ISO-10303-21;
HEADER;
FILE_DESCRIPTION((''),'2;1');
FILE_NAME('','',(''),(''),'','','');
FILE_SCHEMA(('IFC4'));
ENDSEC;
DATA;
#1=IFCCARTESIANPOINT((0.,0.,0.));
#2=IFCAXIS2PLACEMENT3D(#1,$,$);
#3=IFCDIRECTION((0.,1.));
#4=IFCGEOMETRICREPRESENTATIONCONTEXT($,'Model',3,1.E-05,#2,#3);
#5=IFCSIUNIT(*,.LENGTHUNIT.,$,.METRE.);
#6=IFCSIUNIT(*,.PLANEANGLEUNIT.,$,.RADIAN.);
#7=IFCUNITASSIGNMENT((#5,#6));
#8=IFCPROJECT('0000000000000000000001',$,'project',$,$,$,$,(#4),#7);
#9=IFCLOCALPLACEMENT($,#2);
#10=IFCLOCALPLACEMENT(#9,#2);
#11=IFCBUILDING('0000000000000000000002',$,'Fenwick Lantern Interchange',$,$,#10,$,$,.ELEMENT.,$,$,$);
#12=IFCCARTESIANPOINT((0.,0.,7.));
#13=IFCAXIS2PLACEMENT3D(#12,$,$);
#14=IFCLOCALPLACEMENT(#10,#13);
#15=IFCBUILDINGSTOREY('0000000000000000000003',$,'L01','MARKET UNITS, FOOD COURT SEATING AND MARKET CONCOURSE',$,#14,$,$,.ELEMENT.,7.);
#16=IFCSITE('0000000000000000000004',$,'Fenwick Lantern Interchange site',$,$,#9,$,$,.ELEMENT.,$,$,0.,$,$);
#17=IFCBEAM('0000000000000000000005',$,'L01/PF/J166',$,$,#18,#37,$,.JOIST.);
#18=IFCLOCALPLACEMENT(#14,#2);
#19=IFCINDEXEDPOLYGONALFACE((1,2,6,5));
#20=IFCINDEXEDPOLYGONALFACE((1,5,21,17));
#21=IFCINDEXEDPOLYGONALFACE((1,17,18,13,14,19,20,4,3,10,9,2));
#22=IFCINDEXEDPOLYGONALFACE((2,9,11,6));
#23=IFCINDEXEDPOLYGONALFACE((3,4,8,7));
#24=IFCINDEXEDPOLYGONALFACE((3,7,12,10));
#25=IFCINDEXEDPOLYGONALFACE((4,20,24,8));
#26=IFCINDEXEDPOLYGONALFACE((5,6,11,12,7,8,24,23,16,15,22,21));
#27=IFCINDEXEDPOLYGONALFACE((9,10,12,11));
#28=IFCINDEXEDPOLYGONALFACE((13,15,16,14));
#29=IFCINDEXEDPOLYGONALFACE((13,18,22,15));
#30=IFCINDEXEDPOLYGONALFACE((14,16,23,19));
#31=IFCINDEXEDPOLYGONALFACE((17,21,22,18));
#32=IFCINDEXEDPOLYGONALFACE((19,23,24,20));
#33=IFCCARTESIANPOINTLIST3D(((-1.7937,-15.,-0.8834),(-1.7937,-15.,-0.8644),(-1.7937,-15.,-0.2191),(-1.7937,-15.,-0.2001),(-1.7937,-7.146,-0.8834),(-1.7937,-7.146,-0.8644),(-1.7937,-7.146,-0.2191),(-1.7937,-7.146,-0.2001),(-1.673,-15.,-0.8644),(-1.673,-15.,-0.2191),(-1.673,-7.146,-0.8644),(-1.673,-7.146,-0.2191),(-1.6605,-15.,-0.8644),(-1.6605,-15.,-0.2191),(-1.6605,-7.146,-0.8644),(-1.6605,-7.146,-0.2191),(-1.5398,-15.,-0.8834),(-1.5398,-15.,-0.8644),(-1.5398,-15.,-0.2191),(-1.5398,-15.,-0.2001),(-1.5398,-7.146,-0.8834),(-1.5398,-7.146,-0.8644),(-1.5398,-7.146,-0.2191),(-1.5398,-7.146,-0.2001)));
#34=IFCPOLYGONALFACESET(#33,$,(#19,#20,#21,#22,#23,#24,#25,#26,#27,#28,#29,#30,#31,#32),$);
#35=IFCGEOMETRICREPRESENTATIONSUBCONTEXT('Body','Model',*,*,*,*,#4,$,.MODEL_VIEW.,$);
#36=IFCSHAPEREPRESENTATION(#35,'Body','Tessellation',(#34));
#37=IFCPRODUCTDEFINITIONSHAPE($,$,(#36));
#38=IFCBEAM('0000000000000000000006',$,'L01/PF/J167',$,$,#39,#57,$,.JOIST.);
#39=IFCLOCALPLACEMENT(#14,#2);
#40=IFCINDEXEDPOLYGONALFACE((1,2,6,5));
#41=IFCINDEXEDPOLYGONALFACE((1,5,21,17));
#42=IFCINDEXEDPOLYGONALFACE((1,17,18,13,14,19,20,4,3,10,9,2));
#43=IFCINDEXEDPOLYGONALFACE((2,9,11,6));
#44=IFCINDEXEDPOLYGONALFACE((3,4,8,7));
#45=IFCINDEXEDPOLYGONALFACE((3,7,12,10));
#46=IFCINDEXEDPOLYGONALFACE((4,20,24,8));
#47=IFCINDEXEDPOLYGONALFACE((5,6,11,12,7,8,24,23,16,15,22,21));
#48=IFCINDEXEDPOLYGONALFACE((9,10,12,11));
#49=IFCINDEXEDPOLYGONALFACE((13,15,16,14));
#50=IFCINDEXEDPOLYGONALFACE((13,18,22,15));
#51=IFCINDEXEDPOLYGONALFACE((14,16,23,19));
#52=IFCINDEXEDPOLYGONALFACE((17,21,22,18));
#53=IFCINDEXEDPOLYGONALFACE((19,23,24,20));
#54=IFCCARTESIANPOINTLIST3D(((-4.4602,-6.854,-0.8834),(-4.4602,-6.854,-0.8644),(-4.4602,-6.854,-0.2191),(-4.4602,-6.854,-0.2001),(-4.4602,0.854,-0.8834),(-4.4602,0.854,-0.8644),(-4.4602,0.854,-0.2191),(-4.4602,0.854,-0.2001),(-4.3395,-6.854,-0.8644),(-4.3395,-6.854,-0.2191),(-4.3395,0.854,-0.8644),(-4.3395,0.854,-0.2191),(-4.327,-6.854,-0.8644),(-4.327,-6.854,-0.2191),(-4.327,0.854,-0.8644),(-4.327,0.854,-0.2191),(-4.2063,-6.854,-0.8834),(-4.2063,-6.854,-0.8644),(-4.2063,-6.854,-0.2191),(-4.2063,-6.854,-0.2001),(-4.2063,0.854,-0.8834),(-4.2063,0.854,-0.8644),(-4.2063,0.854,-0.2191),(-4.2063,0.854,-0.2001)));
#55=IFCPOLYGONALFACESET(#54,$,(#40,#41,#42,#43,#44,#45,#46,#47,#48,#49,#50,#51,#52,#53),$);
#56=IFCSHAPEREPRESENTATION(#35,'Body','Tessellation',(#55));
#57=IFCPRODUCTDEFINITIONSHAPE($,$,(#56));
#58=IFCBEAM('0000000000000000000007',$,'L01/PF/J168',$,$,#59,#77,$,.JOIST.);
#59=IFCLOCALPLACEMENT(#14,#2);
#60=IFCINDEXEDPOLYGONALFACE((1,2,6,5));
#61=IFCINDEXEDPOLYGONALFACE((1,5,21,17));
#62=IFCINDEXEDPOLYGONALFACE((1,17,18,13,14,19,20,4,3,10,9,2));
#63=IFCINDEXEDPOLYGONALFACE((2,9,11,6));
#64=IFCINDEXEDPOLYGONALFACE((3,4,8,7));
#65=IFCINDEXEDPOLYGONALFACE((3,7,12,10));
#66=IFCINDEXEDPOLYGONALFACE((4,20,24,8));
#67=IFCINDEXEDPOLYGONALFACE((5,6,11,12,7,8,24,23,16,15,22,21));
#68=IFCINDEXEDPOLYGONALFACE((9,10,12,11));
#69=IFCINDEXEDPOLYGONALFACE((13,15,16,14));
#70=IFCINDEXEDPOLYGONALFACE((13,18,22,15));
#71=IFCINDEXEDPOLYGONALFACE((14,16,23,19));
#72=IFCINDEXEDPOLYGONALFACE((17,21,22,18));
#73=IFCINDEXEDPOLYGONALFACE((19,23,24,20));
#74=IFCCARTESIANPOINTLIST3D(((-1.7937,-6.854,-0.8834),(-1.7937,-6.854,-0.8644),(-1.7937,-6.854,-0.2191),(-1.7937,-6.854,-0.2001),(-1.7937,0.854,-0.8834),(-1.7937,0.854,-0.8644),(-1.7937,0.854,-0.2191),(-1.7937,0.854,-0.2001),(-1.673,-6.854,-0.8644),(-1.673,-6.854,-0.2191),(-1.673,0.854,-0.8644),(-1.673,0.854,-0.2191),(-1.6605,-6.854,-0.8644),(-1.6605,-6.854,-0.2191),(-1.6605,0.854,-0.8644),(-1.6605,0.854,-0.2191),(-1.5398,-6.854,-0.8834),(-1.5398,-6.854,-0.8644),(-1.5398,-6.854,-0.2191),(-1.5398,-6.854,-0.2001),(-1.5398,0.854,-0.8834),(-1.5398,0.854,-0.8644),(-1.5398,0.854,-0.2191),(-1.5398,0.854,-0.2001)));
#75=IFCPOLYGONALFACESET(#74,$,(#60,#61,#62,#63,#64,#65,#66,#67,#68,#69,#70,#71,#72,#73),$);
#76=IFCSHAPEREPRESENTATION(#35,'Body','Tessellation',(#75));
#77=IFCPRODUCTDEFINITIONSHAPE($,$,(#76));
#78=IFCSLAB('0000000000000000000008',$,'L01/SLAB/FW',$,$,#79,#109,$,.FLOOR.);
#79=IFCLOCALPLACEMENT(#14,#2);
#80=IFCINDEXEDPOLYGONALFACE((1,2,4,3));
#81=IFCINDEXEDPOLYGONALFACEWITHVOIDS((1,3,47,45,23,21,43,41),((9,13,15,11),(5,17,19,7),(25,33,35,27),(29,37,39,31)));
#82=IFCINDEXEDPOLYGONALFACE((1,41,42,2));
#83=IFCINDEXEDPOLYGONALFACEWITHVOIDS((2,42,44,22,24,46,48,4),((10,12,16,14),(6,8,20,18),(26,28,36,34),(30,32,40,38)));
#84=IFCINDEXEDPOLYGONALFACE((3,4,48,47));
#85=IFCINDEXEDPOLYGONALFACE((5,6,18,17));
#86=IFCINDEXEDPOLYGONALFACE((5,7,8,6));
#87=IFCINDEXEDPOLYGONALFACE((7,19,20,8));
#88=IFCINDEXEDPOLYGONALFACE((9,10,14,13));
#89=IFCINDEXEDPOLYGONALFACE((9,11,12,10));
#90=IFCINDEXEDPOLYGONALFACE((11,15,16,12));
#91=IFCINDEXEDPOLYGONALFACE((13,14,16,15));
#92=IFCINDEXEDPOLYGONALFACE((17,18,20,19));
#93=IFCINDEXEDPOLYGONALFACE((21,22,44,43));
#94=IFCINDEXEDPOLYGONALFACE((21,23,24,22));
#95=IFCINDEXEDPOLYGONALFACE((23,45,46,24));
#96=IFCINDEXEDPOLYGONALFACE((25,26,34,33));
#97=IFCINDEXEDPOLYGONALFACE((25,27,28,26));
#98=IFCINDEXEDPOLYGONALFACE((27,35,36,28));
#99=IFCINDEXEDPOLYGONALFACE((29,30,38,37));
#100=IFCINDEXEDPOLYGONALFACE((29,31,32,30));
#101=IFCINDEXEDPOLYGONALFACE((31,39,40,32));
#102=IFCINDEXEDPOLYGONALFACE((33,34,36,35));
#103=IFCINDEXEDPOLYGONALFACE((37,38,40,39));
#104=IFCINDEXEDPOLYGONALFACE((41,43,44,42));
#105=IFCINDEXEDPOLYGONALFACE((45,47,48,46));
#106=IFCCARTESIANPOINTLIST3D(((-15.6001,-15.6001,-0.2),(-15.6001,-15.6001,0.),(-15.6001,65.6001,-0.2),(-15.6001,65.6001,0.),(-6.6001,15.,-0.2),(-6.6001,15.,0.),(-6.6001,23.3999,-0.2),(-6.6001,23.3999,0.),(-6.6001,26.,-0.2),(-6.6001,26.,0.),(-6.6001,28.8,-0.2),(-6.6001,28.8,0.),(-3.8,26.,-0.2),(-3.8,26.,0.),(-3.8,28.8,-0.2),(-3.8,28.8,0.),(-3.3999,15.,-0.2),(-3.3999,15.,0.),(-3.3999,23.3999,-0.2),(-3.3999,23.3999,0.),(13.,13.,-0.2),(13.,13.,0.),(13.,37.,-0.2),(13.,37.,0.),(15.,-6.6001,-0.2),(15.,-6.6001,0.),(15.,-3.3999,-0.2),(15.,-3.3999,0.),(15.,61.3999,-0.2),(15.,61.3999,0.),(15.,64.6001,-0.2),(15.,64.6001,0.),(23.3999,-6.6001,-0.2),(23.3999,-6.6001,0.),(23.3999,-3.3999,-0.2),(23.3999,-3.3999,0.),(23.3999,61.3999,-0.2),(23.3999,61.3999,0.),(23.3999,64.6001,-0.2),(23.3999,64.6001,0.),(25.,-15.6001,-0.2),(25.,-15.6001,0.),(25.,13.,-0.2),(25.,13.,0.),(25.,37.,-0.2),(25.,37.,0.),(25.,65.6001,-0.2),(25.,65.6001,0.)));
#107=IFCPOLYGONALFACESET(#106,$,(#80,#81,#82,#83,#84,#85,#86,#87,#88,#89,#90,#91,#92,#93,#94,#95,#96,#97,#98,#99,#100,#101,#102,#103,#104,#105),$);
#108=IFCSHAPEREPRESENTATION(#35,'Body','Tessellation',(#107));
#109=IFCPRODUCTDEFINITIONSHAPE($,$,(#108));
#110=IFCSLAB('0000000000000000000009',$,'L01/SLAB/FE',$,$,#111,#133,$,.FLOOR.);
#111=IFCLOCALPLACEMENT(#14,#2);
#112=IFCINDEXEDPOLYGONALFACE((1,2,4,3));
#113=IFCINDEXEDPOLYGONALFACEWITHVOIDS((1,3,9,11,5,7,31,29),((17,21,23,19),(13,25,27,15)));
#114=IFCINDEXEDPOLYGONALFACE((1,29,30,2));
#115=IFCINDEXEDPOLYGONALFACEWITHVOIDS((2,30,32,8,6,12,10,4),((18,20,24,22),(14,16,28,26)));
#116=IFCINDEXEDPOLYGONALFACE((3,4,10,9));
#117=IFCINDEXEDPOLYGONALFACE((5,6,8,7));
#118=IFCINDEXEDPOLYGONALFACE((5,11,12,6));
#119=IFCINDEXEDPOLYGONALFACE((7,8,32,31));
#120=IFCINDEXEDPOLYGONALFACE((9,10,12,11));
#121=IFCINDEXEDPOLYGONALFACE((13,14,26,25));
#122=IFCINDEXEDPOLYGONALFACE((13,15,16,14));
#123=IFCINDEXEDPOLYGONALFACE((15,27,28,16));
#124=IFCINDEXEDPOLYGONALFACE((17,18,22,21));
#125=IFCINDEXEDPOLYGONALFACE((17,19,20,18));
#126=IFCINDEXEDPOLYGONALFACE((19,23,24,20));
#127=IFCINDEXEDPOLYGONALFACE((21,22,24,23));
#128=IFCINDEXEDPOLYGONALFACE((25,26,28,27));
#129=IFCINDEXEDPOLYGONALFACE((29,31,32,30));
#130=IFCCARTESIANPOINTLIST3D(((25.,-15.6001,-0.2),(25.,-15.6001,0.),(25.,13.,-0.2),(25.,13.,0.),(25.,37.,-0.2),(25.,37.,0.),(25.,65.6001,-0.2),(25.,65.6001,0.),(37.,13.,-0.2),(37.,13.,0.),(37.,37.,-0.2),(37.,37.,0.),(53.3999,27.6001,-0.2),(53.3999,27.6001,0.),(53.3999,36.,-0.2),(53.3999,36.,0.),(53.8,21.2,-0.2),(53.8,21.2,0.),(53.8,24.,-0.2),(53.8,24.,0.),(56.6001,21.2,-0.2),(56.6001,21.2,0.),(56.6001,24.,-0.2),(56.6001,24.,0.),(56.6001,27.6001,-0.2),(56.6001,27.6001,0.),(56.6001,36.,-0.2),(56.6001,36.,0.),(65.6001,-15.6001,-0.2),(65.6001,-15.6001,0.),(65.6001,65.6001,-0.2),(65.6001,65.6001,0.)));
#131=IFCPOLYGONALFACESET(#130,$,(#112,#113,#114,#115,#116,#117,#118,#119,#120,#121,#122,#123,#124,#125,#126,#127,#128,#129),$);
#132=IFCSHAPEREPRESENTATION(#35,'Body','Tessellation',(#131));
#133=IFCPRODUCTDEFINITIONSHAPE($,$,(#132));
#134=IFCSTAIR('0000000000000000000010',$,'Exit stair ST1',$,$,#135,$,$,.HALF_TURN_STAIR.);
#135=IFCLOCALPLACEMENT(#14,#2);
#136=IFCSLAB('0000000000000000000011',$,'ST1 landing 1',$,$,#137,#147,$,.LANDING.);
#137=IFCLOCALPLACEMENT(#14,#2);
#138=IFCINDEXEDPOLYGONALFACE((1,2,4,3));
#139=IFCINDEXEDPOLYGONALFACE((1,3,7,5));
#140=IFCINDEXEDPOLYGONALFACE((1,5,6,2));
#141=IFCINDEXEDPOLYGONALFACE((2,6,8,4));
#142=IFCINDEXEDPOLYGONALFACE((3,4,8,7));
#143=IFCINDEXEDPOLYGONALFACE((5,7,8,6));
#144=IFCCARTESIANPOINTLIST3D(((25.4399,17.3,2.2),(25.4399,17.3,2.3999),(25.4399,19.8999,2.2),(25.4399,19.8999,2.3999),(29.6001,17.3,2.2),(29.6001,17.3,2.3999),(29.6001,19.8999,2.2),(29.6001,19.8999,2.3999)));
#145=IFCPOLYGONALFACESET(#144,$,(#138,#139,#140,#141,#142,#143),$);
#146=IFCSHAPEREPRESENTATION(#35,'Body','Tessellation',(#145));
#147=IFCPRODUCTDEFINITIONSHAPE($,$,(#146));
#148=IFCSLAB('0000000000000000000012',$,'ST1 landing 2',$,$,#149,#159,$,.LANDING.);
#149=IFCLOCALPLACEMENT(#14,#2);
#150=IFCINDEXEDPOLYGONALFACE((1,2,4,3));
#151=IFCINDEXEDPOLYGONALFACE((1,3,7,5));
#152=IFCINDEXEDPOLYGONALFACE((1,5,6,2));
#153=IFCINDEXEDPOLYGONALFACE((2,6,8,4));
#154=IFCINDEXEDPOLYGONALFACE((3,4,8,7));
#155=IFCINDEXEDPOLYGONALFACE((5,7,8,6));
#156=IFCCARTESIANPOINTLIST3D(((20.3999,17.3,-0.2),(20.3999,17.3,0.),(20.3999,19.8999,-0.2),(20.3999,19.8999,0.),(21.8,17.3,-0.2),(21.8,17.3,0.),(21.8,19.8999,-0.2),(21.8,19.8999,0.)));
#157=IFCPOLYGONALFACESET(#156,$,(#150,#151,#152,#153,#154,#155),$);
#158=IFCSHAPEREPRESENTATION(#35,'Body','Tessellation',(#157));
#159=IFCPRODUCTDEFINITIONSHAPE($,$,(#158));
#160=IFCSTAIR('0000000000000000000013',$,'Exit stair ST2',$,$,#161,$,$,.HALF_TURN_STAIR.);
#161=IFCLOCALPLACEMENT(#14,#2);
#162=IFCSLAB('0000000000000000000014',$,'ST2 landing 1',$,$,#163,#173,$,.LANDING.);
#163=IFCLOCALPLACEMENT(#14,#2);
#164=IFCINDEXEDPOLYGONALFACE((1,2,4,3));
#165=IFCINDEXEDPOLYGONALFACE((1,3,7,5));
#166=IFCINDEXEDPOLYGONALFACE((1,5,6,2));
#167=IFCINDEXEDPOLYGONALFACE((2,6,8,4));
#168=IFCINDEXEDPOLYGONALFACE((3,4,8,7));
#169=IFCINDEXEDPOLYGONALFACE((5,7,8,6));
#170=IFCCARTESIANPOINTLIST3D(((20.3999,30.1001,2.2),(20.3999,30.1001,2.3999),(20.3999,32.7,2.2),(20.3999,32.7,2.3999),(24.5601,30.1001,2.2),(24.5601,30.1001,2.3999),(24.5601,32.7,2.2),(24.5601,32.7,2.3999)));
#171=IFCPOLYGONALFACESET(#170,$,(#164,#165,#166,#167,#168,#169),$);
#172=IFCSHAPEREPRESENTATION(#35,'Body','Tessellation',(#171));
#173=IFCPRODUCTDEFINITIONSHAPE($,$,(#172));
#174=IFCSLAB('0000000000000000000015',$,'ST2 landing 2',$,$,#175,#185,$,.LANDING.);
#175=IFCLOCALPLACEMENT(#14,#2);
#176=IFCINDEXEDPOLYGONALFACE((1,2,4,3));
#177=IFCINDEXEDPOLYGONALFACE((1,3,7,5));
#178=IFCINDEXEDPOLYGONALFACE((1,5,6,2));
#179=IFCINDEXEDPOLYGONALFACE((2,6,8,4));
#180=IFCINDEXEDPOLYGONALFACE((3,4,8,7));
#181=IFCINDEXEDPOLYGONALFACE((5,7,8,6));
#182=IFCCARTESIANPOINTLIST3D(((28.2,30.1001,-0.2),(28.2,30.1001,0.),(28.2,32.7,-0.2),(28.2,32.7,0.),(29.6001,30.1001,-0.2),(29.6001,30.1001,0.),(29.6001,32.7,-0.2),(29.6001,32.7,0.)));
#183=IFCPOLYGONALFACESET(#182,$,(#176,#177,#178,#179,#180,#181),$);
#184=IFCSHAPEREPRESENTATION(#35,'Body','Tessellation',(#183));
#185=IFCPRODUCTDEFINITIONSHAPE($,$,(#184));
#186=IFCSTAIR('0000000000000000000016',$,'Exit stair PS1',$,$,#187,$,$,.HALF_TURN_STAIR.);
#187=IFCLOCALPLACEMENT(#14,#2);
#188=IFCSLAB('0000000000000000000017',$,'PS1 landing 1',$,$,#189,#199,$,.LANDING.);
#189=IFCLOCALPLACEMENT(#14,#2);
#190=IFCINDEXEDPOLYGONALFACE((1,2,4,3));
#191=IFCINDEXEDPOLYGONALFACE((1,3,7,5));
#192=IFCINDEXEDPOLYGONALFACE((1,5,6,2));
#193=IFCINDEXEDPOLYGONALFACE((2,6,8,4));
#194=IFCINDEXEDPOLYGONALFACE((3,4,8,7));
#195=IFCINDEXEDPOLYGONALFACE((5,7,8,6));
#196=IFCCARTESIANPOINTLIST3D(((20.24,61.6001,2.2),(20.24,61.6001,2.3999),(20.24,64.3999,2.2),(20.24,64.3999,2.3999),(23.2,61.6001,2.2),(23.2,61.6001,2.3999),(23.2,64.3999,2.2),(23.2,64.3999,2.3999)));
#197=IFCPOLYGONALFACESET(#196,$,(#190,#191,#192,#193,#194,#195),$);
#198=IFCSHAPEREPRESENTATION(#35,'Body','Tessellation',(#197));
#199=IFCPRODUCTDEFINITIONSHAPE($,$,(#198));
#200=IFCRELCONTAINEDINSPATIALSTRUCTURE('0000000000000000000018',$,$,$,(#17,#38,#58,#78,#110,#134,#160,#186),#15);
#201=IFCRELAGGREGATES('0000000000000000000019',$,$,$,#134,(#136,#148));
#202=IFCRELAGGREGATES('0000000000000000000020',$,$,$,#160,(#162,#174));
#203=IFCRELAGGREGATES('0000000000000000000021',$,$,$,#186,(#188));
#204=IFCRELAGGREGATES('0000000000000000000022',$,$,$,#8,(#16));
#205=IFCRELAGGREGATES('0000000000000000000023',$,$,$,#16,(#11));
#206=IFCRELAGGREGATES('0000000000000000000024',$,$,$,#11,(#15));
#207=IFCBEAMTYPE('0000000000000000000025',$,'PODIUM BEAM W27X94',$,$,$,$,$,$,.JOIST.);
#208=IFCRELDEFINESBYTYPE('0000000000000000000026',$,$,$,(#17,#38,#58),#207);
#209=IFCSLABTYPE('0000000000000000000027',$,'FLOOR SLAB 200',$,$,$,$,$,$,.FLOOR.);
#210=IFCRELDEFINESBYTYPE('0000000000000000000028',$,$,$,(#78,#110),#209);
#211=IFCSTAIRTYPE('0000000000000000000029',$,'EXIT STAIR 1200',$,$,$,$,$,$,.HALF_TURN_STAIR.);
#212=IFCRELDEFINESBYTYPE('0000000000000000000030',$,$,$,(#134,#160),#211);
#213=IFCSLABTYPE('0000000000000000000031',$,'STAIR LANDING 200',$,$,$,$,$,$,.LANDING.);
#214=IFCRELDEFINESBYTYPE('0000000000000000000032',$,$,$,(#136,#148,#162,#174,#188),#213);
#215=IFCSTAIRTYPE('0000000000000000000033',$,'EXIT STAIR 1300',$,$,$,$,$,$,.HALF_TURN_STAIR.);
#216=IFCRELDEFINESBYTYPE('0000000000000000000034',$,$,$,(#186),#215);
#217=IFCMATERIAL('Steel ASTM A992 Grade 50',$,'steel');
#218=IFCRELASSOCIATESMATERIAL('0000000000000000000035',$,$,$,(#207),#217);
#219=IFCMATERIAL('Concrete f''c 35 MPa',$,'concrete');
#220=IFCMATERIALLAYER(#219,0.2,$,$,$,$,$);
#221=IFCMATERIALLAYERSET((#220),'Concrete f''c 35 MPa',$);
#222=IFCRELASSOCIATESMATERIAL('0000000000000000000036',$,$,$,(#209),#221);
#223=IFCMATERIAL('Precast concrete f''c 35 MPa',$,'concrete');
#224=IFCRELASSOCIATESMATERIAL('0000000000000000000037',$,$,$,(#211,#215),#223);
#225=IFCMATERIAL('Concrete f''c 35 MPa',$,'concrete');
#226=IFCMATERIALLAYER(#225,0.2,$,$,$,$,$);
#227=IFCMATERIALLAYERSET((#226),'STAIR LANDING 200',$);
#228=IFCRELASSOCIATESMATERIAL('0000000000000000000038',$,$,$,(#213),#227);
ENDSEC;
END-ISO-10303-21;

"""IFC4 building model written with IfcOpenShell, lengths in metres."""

from ifc_helpers import new_model, si_unit, direction, frame, origin, origin_2d, place, context, subcontext, project, spatial, polyline, i_section, outline, extrude, material, layer, layer_set, material_profile, profile_set, type_object, element, aggregate, save


model = new_model("IFC4")

# Units and contexts
model_context = context("Model", 3, precision=1e-05, world=origin(), true_north=direction((0.0, 1.0)))
body_context = subcontext(model_context, "Body", "Model", "MODEL_VIEW")
ifc_project = project(units=[si_unit("LENGTHUNIT", "METRE"), si_unit("PLANEANGLEUNIT", "RADIAN")], contexts=[model_context])

# Site, building, storey
site_placement = place(None, origin())
site = spatial("IfcSite", under=ifc_project, at=site_placement, Name="Fenwick Lantern Interchange site", CompositionType="ELEMENT", RefElevation=0.0)
building_placement = place(site_placement, origin())
building = spatial("IfcBuilding", under=site, at=building_placement, Name="Fenwick Lantern Interchange", CompositionType="ELEMENT")
storey_placement = place(building_placement, frame((0.0, 0.0, 7.0)))
storey = spatial("IfcBuildingStorey", under=building, at=storey_placement, Name="L01", Description="MARKET UNITS, FOOD COURT SEATING AND MARKET CONCOURSE", CompositionType="ELEMENT", Elevation=7.0)

# Beams
ifc_material_1 = material(Name="Steel ASTM A992 Grade 50", Category="steel")
ifc_material_profile = material_profile(ifc_material_1, i_section(OverallWidth=0.2539, OverallDepth=0.6833, WebThickness=0.0125, FlangeThickness=0.019, at=origin_2d()), Name="W27X94")
ifc_profile_set = profile_set([ifc_material_profile], Name="Steel ASTM A992 Grade 50")
beam_type = type_object("IfcBeamType", Name="PODIUM BEAM W27X94", PredefinedType="JOIST", material=ifc_profile_set)
beam_placement = place(storey_placement, frame((-1.6667, -15.0, -0.5417), z_axis=(0.0, 1.0, 0.0), x_axis=(-1.0, 0.0, 0.0)))
element("IfcBeam", 1, at=beam_placement, inside=storey, type_object=beam_type, Name="L01/PF/J166", PredefinedType="JOIST", context=body_context, shape_type="SweptSolid", body=[
    extrude(i_section(OverallWidth=0.2539, OverallDepth=0.6833, WebThickness=0.0125, FlangeThickness=0.019, at=origin_2d()), origin(), (0.0, 0.0, 1.0), 7.854),
])
for number, where, z_axis, x_axis, name in (
    (2, (-4.3333, -6.854, -0.5417), (0.0, 1.0, 0.0), (-1.0, 0.0, 0.0), "L01/PF/J167"),
    (3, (-1.6667, -6.854, -0.5417), (0.0, 1.0, 0.0), (-1.0, 0.0, 0.0), "L01/PF/J168"),
):
    element("IfcBeam", number, at=place(storey_placement, frame(where, z_axis=z_axis, x_axis=x_axis)), inside=storey, type_object=beam_type, Name=name, PredefinedType="JOIST", context=body_context, shape_type="SweptSolid", body=[
        extrude(i_section(OverallWidth=0.2539, OverallDepth=0.6833, WebThickness=0.0125, FlangeThickness=0.019, at=origin_2d()), origin(), (0.0, 0.0, 1.0), 7.708),
    ])

# Slabs
ifc_material_2 = material(Name="Concrete f'c 35 MPa", Category="concrete")
ifc_layer_1 = layer(ifc_material_2, 0.2)
ifc_layer_set_1 = layer_set([ifc_layer_1], Name="Concrete f'c 35 MPa")
slab_type_1 = type_object("IfcSlabType", Name="FLOOR SLAB 200", PredefinedType="FLOOR", material=ifc_layer_set_1)
slab_1_placement = place(storey_placement, frame((0.0, 0.0, -0.2)))
element("IfcSlab", 4, at=slab_1_placement, inside=storey, type_object=slab_type_1, Name="L01/SLAB/FW", PredefinedType="FLOOR", context=body_context, shape_type="SweptSolid", body=[
    extrude(outline(polyline([(-15.6001, -15.6001), (-15.6001, 65.6001), (25.0, 65.6001), (25.0, 37.0), (13.0, 37.0), (13.0, 13.0), (25.0, 13.0), (25.0, -15.6001), (-15.6001, -15.6001)]), holes=[polyline([(23.3999, 61.3999), (23.3999, 64.6001), (15.0, 64.6001), (15.0, 61.3999), (23.3999, 61.3999)]), polyline([(23.3999, -6.6001), (23.3999, -3.3999), (15.0, -3.3999), (15.0, -6.6001), (23.3999, -6.6001)]), polyline([(-3.3999, 15.0), (-3.3999, 23.3999), (-6.6001, 23.3999), (-6.6001, 15.0), (-3.3999, 15.0)]), polyline([(-3.8, 26.0), (-3.8, 28.8), (-6.6001, 28.8), (-6.6001, 26.0), (-3.8, 26.0)])]), origin(), (0.0, 0.0, 1.0), 0.2),
])
slab_2_placement = place(storey_placement, frame((0.0, 0.0, -0.2)))
element("IfcSlab", 5, at=slab_2_placement, inside=storey, type_object=slab_type_1, Name="L01/SLAB/FE", PredefinedType="FLOOR", context=body_context, shape_type="SweptSolid", body=[
    extrude(outline(polyline([(65.6001, 65.6001), (65.6001, -15.6001), (25.0, -15.6001), (25.0, 13.0), (37.0, 13.0), (37.0, 37.0), (25.0, 37.0), (25.0, 65.6001), (65.6001, 65.6001)]), holes=[polyline([(56.6001, 27.6001), (56.6001, 36.0), (53.3999, 36.0), (53.3999, 27.6001), (56.6001, 27.6001)]), polyline([(56.6001, 21.2), (56.6001, 24.0), (53.8, 24.0), (53.8, 21.2), (56.6001, 21.2)])]), origin(), (0.0, 0.0, 1.0), 0.2),
])

# Stairs, slabs
ifc_material_3 = material(Name="Precast concrete f'c 35 MPa", Category="concrete")
stair_type_1 = type_object("IfcStairType", Name="EXIT STAIR 1200", PredefinedType="HALF_TURN_STAIR", material=ifc_material_3)
stair_1_placement = place(storey_placement, origin())
stair_1 = element("IfcStair", 6, at=stair_1_placement, inside=storey, type_object=stair_type_1, Name="Exit stair ST1", PredefinedType="HALF_TURN_STAIR")
ifc_material_4 = material(Name="Concrete f'c 35 MPa", Category="concrete")
ifc_layer_2 = layer(ifc_material_4, 0.2)
ifc_layer_set_2 = layer_set([ifc_layer_2], Name="STAIR LANDING 200")
slab_type_2 = type_object("IfcSlabType", Name="STAIR LANDING 200", PredefinedType="LANDING", material=ifc_layer_set_2)
slab_3_placement = place(storey_placement, frame((0.0, 0.0, 2.2)))
slab_3 = element("IfcSlab", 7, at=slab_3_placement, type_object=slab_type_2, Name="ST1 landing 1", PredefinedType="LANDING", context=body_context, shape_type="SweptSolid", body=[
    extrude(outline(polyline([(25.4399, 17.3), (29.6001, 17.3), (29.6001, 19.8999), (25.4399, 19.8999), (25.4399, 17.3)])), origin(), (0.0, 0.0, 1.0), 0.2),
])
slab_4_placement = place(storey_placement, frame((0.0, 0.0, -0.2)))
slab_4 = element("IfcSlab", 8, at=slab_4_placement, type_object=slab_type_2, Name="ST1 landing 2", PredefinedType="LANDING", context=body_context, shape_type="SweptSolid", body=[
    extrude(outline(polyline([(20.3999, 17.3), (21.8, 17.3), (21.8, 19.8999), (20.3999, 19.8999), (20.3999, 17.3)])), origin(), (0.0, 0.0, 1.0), 0.2),
])
aggregate(stair_1, [slab_3, slab_4])
stair_2_placement = place(storey_placement, origin())
stair_2 = element("IfcStair", 9, at=stair_2_placement, inside=storey, type_object=stair_type_1, Name="Exit stair ST2", PredefinedType="HALF_TURN_STAIR")
slab_5_placement = place(storey_placement, frame((0.0, 0.0, 2.2)))
slab_5 = element("IfcSlab", 10, at=slab_5_placement, type_object=slab_type_2, Name="ST2 landing 1", PredefinedType="LANDING", context=body_context, shape_type="SweptSolid", body=[
    extrude(outline(polyline([(24.5601, 32.7), (20.3999, 32.7), (20.3999, 30.1001), (24.5601, 30.1001), (24.5601, 32.7)])), origin(), (0.0, 0.0, 1.0), 0.2),
])
slab_6_placement = place(storey_placement, frame((0.0, 0.0, -0.2)))
slab_6 = element("IfcSlab", 11, at=slab_6_placement, type_object=slab_type_2, Name="ST2 landing 2", PredefinedType="LANDING", context=body_context, shape_type="SweptSolid", body=[
    extrude(outline(polyline([(29.6001, 32.7), (28.2, 32.7), (28.2, 30.1001), (29.6001, 30.1001), (29.6001, 32.7)])), origin(), (0.0, 0.0, 1.0), 0.2),
])
aggregate(stair_2, [slab_5, slab_6])
stair_type_2 = type_object("IfcStairType", Name="EXIT STAIR 1300", PredefinedType="HALF_TURN_STAIR", material=ifc_material_3)
stair_3_placement = place(storey_placement, origin())
stair_3 = element("IfcStair", 12, at=stair_3_placement, inside=storey, type_object=stair_type_2, Name="Exit stair PS1", PredefinedType="HALF_TURN_STAIR")
slab_7_placement = place(storey_placement, frame((0.0, 0.0, 2.2)))
slab_7 = element("IfcSlab", 13, at=slab_7_placement, type_object=slab_type_2, Name="PS1 landing 1", PredefinedType="LANDING", context=body_context, shape_type="SweptSolid", body=[
    extrude(outline(polyline([(20.24, 61.6001), (23.2, 61.6001), (23.2, 64.3999), (20.24, 64.3999), (20.24, 61.6001)])), origin(), (0.0, 0.0, 1.0), 0.2),
])
aggregate(stair_3, [slab_7])

save(model, "model.ifc")
